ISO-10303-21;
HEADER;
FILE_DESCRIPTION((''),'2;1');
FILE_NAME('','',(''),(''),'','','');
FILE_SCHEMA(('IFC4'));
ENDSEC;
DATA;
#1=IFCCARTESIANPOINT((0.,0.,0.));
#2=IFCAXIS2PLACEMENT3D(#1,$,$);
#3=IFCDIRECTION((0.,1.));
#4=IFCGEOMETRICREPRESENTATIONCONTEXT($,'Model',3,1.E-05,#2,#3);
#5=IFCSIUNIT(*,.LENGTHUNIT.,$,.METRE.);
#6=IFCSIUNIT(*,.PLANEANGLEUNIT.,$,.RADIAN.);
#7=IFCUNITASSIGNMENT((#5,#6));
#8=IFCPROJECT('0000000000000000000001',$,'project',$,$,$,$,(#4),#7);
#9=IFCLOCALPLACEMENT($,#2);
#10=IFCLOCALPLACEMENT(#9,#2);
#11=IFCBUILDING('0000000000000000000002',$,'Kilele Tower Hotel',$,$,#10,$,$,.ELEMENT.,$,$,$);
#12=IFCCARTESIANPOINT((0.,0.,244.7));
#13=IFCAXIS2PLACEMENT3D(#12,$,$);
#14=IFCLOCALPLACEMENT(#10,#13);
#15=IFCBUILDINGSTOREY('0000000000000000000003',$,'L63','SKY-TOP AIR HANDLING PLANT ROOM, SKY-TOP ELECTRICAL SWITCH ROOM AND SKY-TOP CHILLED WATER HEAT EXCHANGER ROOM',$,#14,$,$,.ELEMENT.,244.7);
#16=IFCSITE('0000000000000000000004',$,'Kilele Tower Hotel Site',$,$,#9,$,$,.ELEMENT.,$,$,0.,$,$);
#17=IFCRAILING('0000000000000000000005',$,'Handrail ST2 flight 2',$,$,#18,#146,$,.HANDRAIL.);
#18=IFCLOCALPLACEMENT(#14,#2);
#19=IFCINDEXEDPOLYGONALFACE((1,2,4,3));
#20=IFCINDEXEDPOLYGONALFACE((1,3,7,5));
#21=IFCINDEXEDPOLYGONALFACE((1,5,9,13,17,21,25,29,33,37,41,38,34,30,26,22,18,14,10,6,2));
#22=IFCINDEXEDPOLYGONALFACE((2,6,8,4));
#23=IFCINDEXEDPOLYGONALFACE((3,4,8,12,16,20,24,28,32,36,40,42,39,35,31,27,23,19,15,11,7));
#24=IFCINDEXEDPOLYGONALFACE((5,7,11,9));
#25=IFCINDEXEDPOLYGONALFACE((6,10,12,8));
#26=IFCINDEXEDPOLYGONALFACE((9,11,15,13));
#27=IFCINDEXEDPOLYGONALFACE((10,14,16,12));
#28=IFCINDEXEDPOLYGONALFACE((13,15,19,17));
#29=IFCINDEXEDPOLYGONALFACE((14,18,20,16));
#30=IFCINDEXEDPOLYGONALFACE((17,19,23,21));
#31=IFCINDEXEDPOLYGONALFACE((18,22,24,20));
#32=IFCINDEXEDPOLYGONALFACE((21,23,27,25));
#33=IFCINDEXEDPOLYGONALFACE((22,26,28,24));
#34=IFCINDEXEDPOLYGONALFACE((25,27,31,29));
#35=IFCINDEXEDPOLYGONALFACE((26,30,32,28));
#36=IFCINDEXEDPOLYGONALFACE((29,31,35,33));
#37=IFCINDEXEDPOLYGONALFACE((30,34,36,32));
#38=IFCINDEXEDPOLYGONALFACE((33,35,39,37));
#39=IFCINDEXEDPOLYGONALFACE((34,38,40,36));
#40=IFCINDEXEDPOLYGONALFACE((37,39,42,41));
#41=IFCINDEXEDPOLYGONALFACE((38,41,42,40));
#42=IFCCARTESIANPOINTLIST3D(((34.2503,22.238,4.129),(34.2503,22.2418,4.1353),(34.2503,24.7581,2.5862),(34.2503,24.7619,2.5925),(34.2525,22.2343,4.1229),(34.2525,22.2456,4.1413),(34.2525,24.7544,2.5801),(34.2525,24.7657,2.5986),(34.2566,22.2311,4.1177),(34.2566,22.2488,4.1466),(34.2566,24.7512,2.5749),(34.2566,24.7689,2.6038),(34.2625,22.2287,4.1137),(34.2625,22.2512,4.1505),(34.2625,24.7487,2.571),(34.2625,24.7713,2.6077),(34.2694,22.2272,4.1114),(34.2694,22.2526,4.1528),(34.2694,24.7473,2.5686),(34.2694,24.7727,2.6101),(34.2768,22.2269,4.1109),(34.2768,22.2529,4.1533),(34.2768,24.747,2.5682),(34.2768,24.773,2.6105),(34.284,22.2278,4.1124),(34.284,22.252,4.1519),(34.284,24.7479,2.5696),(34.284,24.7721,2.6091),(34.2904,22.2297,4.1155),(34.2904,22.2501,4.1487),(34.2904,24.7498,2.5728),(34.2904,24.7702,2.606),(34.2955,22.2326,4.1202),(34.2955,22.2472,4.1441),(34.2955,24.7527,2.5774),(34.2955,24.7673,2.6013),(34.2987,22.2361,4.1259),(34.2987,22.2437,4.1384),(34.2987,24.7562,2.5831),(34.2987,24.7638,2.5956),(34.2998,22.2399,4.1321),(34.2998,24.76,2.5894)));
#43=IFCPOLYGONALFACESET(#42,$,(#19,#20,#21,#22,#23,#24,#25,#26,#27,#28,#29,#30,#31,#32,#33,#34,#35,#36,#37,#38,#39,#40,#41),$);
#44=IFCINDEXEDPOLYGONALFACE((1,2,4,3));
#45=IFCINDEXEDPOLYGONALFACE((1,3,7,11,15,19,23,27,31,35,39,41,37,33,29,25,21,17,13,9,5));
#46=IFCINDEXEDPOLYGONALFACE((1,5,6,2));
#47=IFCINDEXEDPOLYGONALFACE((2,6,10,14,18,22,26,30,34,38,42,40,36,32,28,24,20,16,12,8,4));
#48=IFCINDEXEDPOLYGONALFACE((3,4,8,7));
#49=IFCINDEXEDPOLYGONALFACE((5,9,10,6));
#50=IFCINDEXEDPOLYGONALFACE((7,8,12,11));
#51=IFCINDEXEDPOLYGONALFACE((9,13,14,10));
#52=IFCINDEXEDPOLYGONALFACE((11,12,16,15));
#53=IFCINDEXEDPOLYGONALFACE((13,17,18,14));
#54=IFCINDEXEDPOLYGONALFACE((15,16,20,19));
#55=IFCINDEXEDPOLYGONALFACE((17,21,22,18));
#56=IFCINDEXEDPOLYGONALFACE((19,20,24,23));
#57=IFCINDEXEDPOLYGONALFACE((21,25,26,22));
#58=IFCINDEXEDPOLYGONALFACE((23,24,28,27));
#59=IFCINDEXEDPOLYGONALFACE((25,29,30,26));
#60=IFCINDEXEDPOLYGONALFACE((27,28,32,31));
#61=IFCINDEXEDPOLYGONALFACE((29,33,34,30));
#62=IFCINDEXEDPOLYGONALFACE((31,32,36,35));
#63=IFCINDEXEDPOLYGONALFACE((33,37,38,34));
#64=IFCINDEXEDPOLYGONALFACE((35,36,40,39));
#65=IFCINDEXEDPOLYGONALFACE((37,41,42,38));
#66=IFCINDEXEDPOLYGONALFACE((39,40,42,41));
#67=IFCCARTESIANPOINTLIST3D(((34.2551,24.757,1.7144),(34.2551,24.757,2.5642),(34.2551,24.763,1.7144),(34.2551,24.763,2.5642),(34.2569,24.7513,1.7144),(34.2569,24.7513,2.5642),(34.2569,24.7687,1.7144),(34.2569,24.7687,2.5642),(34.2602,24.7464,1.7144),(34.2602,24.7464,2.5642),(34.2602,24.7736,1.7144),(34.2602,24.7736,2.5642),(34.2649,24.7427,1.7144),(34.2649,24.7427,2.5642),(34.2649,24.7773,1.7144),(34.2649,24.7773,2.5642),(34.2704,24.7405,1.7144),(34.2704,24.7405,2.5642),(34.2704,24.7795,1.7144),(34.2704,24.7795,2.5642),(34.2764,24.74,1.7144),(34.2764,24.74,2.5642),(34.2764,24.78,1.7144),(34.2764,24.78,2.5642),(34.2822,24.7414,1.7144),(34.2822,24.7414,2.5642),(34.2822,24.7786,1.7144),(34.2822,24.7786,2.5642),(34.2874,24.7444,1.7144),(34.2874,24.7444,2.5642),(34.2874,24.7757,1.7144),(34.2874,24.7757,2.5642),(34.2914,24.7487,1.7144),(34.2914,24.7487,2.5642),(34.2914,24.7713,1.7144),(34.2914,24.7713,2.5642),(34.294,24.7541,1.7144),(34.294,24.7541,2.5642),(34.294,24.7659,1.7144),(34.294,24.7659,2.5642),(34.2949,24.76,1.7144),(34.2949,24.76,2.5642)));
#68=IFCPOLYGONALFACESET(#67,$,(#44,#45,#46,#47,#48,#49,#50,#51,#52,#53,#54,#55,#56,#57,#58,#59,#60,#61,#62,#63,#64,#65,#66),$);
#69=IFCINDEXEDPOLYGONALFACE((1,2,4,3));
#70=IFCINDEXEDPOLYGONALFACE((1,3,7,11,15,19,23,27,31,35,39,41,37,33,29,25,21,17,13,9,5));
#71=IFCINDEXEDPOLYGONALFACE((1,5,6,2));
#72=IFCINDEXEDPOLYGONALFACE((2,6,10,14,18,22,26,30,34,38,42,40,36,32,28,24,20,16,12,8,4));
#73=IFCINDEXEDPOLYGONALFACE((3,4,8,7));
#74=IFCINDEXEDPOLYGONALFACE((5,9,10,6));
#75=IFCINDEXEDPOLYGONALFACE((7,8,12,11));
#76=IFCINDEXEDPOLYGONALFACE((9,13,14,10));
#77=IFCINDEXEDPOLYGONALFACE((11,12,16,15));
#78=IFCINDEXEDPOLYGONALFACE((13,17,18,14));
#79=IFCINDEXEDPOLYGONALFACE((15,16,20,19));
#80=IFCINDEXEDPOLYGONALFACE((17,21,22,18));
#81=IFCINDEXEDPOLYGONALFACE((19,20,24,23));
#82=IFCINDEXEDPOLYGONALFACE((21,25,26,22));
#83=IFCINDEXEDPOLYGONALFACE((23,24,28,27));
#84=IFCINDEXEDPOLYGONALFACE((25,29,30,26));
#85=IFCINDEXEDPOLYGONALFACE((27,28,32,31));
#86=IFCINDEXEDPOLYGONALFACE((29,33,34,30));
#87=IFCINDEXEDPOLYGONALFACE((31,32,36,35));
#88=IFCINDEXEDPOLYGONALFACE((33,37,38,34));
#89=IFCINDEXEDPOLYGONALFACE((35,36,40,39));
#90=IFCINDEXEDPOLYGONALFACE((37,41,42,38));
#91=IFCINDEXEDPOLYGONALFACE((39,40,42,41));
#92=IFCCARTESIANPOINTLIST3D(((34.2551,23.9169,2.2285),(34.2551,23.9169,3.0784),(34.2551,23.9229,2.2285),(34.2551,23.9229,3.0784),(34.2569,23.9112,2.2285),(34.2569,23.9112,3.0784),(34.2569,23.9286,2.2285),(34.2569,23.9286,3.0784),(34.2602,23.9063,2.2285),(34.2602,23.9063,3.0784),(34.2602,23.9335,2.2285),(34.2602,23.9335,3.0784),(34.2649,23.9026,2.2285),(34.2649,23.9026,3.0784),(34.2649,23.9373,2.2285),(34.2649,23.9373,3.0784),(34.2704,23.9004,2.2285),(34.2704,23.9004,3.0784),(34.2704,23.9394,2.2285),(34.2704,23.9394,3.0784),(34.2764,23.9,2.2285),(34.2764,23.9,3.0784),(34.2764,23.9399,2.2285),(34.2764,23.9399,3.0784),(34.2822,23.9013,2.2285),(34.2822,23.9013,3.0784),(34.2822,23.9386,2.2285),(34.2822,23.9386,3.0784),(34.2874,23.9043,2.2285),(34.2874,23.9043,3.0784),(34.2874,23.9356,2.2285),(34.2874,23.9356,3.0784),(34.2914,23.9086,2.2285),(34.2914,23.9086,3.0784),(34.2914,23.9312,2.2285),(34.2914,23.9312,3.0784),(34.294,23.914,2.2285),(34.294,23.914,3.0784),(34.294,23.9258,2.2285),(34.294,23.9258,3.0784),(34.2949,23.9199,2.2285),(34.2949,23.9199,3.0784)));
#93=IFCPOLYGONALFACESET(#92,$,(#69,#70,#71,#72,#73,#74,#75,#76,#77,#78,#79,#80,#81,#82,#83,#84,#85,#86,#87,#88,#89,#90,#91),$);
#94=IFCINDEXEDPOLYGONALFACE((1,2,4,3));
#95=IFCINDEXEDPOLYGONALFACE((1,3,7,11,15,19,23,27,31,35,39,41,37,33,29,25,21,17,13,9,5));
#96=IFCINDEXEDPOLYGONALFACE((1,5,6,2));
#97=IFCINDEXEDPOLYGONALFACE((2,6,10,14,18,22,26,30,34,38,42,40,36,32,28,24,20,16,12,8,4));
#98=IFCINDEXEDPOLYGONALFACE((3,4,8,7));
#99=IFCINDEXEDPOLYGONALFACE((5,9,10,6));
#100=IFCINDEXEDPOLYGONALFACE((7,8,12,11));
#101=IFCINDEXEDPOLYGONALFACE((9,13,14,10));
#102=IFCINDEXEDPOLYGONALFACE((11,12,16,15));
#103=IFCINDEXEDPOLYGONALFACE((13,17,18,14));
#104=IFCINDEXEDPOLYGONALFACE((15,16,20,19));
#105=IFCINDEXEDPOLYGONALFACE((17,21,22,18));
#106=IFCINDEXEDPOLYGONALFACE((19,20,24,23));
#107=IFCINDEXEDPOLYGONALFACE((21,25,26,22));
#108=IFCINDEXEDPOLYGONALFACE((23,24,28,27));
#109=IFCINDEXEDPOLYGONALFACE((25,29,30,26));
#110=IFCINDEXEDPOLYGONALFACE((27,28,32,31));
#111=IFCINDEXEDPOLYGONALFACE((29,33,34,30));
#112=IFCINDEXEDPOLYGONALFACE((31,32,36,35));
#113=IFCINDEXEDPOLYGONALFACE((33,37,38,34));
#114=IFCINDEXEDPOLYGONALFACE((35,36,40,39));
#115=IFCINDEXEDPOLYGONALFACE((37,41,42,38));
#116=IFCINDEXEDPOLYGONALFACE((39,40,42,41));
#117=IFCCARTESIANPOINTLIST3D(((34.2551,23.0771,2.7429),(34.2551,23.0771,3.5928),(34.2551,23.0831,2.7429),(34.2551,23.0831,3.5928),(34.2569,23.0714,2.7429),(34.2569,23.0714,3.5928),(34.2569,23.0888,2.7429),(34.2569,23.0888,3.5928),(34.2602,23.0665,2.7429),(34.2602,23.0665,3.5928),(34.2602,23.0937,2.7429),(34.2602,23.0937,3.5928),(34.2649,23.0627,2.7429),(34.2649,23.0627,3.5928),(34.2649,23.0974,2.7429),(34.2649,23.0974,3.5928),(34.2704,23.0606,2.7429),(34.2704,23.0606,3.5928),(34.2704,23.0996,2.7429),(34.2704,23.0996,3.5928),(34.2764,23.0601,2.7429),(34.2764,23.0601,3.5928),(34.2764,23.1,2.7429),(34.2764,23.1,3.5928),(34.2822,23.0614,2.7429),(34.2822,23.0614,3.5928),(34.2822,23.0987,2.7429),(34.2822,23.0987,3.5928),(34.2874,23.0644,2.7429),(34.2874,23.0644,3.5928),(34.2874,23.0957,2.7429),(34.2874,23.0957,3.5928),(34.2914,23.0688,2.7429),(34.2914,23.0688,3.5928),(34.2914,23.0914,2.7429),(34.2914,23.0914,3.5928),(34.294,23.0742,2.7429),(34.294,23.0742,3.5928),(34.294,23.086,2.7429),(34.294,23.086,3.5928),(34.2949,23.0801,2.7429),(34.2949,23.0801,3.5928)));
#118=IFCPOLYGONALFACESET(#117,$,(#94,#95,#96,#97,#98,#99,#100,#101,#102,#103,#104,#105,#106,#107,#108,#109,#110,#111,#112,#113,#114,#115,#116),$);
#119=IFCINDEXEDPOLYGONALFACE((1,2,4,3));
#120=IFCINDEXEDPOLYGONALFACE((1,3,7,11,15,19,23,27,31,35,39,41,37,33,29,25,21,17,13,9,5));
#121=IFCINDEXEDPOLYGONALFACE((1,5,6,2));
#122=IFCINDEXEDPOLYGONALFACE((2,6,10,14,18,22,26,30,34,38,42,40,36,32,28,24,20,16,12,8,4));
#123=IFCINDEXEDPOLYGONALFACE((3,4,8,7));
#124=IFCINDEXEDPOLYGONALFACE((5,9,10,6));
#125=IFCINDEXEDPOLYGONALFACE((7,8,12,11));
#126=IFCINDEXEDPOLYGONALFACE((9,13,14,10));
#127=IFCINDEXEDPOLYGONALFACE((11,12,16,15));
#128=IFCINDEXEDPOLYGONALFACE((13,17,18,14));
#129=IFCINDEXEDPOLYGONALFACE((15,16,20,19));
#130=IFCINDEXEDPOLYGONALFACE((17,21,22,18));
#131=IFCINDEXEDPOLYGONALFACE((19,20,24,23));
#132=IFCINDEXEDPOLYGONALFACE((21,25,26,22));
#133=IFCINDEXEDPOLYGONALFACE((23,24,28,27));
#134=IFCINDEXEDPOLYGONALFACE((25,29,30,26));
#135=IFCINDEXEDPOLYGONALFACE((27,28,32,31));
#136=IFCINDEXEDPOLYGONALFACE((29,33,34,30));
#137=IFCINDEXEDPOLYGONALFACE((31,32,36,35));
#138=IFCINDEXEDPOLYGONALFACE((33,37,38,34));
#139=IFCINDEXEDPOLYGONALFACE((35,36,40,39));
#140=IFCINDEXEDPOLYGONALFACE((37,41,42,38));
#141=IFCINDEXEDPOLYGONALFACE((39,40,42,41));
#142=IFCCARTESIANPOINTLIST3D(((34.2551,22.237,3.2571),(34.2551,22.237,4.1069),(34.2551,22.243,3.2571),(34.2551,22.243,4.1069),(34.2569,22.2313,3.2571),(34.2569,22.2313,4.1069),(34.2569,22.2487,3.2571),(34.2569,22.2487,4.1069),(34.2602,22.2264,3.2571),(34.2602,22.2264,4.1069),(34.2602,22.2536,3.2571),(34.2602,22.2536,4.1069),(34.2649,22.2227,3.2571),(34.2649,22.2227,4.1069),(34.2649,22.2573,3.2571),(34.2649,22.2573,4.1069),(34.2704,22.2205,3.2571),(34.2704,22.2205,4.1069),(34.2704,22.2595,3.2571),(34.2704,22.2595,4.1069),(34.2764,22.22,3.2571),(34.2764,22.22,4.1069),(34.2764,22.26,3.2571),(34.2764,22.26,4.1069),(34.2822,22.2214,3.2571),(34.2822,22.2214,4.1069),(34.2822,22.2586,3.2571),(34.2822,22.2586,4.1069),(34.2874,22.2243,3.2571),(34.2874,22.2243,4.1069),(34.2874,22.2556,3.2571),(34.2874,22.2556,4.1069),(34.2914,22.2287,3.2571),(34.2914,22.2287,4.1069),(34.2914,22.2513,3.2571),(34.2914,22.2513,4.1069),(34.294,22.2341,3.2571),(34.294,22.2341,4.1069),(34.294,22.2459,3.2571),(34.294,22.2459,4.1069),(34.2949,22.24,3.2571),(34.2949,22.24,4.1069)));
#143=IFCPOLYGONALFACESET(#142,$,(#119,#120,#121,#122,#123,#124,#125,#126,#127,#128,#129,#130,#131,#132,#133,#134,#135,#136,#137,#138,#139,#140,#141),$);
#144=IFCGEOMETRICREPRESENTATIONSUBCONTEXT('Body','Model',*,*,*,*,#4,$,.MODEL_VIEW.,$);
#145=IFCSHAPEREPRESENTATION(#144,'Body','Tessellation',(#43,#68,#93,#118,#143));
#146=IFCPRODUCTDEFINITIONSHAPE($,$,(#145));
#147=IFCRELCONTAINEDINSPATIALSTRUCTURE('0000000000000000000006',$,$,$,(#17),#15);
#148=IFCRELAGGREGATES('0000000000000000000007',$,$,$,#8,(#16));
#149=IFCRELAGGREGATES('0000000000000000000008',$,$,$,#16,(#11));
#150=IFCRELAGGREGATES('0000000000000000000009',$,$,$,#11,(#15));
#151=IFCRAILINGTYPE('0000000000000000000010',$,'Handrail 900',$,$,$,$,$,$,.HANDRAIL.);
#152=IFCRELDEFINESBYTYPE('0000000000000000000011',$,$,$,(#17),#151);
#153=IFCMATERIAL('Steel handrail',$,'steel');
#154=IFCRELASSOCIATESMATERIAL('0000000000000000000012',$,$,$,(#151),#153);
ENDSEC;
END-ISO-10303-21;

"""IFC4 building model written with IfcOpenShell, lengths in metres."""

from ifc_helpers import new_model, si_unit, direction, frame, origin, origin_2d, place, context, subcontext, project, spatial, circle, extrude, material, type_object, element, save


model = new_model("IFC4")

# Units and contexts
model_context = context("Model", 3, precision=1e-05, world=origin(), true_north=direction((0.0, 1.0)))
body_context = subcontext(model_context, "Body", "Model", "MODEL_VIEW")
ifc_project = project(units=[si_unit("LENGTHUNIT", "METRE"), si_unit("PLANEANGLEUNIT", "RADIAN")], contexts=[model_context])

# Site, building, storey
site_placement = place(None, origin())
site = spatial("IfcSite", under=ifc_project, at=site_placement, Name="Kilele Tower Hotel Site", CompositionType="ELEMENT", RefElevation=0.0)
building_placement = place(site_placement, origin())
building = spatial("IfcBuilding", under=site, at=building_placement, Name="Kilele Tower Hotel", CompositionType="ELEMENT")
storey_placement = place(building_placement, frame((0.0, 0.0, 244.7)))
storey = spatial("IfcBuildingStorey", under=building, at=storey_placement, Name="L63", Description="SKY-TOP AIR HANDLING PLANT ROOM, SKY-TOP ELECTRICAL SWITCH ROOM AND SKY-TOP CHILLED WATER HEAT EXCHANGER ROOM", CompositionType="ELEMENT", Elevation=244.7)

# Railing
ifc_material_1 = material(Name="Steel handrail", Category="steel")
railing_type_1 = type_object("IfcRailingType", Name="Handrail 900", PredefinedType="HANDRAIL", material=ifc_material_1)
for number, where, name in (
    (1, (34.2749, 24.76, 1.7144), "Handrail ST2 flight 2"),
):
    element("IfcRailing", number, at=place(storey_placement, frame(where)), inside=storey, type_object=railing_type_1, Name=name, PredefinedType="HANDRAIL", context=body_context, shape_type="SweptSolid", body=[
        extrude(circle(Radius=0.0249, at=origin_2d()), frame((0.0, 0.0, 0.875), z_axis=(0.0, -0.852873, 0.522118), x_axis=(1.0, 0.0, 0.0)), (0.0, 0.0, 1.0), 2.9548),
        extrude(circle(Radius=0.02, at=origin_2d()), origin(), (0.0, 0.0, 1.0), 0.8499),
        extrude(circle(Radius=0.02, at=origin_2d()), frame((0.0, -0.8401, 0.5142)), (0.0, 0.0, 1.0), 0.8499),
        extrude(circle(Radius=0.02, at=origin_2d()), frame((0.0, -1.6799, 1.0286)), (0.0, 0.0, 1.0), 0.8499),
        extrude(circle(Radius=0.02, at=origin_2d()), frame((0.0, -2.52, 1.5427)), (0.0, 0.0, 1.0), 0.8499),
    ])

save(model, "model.ifc")
